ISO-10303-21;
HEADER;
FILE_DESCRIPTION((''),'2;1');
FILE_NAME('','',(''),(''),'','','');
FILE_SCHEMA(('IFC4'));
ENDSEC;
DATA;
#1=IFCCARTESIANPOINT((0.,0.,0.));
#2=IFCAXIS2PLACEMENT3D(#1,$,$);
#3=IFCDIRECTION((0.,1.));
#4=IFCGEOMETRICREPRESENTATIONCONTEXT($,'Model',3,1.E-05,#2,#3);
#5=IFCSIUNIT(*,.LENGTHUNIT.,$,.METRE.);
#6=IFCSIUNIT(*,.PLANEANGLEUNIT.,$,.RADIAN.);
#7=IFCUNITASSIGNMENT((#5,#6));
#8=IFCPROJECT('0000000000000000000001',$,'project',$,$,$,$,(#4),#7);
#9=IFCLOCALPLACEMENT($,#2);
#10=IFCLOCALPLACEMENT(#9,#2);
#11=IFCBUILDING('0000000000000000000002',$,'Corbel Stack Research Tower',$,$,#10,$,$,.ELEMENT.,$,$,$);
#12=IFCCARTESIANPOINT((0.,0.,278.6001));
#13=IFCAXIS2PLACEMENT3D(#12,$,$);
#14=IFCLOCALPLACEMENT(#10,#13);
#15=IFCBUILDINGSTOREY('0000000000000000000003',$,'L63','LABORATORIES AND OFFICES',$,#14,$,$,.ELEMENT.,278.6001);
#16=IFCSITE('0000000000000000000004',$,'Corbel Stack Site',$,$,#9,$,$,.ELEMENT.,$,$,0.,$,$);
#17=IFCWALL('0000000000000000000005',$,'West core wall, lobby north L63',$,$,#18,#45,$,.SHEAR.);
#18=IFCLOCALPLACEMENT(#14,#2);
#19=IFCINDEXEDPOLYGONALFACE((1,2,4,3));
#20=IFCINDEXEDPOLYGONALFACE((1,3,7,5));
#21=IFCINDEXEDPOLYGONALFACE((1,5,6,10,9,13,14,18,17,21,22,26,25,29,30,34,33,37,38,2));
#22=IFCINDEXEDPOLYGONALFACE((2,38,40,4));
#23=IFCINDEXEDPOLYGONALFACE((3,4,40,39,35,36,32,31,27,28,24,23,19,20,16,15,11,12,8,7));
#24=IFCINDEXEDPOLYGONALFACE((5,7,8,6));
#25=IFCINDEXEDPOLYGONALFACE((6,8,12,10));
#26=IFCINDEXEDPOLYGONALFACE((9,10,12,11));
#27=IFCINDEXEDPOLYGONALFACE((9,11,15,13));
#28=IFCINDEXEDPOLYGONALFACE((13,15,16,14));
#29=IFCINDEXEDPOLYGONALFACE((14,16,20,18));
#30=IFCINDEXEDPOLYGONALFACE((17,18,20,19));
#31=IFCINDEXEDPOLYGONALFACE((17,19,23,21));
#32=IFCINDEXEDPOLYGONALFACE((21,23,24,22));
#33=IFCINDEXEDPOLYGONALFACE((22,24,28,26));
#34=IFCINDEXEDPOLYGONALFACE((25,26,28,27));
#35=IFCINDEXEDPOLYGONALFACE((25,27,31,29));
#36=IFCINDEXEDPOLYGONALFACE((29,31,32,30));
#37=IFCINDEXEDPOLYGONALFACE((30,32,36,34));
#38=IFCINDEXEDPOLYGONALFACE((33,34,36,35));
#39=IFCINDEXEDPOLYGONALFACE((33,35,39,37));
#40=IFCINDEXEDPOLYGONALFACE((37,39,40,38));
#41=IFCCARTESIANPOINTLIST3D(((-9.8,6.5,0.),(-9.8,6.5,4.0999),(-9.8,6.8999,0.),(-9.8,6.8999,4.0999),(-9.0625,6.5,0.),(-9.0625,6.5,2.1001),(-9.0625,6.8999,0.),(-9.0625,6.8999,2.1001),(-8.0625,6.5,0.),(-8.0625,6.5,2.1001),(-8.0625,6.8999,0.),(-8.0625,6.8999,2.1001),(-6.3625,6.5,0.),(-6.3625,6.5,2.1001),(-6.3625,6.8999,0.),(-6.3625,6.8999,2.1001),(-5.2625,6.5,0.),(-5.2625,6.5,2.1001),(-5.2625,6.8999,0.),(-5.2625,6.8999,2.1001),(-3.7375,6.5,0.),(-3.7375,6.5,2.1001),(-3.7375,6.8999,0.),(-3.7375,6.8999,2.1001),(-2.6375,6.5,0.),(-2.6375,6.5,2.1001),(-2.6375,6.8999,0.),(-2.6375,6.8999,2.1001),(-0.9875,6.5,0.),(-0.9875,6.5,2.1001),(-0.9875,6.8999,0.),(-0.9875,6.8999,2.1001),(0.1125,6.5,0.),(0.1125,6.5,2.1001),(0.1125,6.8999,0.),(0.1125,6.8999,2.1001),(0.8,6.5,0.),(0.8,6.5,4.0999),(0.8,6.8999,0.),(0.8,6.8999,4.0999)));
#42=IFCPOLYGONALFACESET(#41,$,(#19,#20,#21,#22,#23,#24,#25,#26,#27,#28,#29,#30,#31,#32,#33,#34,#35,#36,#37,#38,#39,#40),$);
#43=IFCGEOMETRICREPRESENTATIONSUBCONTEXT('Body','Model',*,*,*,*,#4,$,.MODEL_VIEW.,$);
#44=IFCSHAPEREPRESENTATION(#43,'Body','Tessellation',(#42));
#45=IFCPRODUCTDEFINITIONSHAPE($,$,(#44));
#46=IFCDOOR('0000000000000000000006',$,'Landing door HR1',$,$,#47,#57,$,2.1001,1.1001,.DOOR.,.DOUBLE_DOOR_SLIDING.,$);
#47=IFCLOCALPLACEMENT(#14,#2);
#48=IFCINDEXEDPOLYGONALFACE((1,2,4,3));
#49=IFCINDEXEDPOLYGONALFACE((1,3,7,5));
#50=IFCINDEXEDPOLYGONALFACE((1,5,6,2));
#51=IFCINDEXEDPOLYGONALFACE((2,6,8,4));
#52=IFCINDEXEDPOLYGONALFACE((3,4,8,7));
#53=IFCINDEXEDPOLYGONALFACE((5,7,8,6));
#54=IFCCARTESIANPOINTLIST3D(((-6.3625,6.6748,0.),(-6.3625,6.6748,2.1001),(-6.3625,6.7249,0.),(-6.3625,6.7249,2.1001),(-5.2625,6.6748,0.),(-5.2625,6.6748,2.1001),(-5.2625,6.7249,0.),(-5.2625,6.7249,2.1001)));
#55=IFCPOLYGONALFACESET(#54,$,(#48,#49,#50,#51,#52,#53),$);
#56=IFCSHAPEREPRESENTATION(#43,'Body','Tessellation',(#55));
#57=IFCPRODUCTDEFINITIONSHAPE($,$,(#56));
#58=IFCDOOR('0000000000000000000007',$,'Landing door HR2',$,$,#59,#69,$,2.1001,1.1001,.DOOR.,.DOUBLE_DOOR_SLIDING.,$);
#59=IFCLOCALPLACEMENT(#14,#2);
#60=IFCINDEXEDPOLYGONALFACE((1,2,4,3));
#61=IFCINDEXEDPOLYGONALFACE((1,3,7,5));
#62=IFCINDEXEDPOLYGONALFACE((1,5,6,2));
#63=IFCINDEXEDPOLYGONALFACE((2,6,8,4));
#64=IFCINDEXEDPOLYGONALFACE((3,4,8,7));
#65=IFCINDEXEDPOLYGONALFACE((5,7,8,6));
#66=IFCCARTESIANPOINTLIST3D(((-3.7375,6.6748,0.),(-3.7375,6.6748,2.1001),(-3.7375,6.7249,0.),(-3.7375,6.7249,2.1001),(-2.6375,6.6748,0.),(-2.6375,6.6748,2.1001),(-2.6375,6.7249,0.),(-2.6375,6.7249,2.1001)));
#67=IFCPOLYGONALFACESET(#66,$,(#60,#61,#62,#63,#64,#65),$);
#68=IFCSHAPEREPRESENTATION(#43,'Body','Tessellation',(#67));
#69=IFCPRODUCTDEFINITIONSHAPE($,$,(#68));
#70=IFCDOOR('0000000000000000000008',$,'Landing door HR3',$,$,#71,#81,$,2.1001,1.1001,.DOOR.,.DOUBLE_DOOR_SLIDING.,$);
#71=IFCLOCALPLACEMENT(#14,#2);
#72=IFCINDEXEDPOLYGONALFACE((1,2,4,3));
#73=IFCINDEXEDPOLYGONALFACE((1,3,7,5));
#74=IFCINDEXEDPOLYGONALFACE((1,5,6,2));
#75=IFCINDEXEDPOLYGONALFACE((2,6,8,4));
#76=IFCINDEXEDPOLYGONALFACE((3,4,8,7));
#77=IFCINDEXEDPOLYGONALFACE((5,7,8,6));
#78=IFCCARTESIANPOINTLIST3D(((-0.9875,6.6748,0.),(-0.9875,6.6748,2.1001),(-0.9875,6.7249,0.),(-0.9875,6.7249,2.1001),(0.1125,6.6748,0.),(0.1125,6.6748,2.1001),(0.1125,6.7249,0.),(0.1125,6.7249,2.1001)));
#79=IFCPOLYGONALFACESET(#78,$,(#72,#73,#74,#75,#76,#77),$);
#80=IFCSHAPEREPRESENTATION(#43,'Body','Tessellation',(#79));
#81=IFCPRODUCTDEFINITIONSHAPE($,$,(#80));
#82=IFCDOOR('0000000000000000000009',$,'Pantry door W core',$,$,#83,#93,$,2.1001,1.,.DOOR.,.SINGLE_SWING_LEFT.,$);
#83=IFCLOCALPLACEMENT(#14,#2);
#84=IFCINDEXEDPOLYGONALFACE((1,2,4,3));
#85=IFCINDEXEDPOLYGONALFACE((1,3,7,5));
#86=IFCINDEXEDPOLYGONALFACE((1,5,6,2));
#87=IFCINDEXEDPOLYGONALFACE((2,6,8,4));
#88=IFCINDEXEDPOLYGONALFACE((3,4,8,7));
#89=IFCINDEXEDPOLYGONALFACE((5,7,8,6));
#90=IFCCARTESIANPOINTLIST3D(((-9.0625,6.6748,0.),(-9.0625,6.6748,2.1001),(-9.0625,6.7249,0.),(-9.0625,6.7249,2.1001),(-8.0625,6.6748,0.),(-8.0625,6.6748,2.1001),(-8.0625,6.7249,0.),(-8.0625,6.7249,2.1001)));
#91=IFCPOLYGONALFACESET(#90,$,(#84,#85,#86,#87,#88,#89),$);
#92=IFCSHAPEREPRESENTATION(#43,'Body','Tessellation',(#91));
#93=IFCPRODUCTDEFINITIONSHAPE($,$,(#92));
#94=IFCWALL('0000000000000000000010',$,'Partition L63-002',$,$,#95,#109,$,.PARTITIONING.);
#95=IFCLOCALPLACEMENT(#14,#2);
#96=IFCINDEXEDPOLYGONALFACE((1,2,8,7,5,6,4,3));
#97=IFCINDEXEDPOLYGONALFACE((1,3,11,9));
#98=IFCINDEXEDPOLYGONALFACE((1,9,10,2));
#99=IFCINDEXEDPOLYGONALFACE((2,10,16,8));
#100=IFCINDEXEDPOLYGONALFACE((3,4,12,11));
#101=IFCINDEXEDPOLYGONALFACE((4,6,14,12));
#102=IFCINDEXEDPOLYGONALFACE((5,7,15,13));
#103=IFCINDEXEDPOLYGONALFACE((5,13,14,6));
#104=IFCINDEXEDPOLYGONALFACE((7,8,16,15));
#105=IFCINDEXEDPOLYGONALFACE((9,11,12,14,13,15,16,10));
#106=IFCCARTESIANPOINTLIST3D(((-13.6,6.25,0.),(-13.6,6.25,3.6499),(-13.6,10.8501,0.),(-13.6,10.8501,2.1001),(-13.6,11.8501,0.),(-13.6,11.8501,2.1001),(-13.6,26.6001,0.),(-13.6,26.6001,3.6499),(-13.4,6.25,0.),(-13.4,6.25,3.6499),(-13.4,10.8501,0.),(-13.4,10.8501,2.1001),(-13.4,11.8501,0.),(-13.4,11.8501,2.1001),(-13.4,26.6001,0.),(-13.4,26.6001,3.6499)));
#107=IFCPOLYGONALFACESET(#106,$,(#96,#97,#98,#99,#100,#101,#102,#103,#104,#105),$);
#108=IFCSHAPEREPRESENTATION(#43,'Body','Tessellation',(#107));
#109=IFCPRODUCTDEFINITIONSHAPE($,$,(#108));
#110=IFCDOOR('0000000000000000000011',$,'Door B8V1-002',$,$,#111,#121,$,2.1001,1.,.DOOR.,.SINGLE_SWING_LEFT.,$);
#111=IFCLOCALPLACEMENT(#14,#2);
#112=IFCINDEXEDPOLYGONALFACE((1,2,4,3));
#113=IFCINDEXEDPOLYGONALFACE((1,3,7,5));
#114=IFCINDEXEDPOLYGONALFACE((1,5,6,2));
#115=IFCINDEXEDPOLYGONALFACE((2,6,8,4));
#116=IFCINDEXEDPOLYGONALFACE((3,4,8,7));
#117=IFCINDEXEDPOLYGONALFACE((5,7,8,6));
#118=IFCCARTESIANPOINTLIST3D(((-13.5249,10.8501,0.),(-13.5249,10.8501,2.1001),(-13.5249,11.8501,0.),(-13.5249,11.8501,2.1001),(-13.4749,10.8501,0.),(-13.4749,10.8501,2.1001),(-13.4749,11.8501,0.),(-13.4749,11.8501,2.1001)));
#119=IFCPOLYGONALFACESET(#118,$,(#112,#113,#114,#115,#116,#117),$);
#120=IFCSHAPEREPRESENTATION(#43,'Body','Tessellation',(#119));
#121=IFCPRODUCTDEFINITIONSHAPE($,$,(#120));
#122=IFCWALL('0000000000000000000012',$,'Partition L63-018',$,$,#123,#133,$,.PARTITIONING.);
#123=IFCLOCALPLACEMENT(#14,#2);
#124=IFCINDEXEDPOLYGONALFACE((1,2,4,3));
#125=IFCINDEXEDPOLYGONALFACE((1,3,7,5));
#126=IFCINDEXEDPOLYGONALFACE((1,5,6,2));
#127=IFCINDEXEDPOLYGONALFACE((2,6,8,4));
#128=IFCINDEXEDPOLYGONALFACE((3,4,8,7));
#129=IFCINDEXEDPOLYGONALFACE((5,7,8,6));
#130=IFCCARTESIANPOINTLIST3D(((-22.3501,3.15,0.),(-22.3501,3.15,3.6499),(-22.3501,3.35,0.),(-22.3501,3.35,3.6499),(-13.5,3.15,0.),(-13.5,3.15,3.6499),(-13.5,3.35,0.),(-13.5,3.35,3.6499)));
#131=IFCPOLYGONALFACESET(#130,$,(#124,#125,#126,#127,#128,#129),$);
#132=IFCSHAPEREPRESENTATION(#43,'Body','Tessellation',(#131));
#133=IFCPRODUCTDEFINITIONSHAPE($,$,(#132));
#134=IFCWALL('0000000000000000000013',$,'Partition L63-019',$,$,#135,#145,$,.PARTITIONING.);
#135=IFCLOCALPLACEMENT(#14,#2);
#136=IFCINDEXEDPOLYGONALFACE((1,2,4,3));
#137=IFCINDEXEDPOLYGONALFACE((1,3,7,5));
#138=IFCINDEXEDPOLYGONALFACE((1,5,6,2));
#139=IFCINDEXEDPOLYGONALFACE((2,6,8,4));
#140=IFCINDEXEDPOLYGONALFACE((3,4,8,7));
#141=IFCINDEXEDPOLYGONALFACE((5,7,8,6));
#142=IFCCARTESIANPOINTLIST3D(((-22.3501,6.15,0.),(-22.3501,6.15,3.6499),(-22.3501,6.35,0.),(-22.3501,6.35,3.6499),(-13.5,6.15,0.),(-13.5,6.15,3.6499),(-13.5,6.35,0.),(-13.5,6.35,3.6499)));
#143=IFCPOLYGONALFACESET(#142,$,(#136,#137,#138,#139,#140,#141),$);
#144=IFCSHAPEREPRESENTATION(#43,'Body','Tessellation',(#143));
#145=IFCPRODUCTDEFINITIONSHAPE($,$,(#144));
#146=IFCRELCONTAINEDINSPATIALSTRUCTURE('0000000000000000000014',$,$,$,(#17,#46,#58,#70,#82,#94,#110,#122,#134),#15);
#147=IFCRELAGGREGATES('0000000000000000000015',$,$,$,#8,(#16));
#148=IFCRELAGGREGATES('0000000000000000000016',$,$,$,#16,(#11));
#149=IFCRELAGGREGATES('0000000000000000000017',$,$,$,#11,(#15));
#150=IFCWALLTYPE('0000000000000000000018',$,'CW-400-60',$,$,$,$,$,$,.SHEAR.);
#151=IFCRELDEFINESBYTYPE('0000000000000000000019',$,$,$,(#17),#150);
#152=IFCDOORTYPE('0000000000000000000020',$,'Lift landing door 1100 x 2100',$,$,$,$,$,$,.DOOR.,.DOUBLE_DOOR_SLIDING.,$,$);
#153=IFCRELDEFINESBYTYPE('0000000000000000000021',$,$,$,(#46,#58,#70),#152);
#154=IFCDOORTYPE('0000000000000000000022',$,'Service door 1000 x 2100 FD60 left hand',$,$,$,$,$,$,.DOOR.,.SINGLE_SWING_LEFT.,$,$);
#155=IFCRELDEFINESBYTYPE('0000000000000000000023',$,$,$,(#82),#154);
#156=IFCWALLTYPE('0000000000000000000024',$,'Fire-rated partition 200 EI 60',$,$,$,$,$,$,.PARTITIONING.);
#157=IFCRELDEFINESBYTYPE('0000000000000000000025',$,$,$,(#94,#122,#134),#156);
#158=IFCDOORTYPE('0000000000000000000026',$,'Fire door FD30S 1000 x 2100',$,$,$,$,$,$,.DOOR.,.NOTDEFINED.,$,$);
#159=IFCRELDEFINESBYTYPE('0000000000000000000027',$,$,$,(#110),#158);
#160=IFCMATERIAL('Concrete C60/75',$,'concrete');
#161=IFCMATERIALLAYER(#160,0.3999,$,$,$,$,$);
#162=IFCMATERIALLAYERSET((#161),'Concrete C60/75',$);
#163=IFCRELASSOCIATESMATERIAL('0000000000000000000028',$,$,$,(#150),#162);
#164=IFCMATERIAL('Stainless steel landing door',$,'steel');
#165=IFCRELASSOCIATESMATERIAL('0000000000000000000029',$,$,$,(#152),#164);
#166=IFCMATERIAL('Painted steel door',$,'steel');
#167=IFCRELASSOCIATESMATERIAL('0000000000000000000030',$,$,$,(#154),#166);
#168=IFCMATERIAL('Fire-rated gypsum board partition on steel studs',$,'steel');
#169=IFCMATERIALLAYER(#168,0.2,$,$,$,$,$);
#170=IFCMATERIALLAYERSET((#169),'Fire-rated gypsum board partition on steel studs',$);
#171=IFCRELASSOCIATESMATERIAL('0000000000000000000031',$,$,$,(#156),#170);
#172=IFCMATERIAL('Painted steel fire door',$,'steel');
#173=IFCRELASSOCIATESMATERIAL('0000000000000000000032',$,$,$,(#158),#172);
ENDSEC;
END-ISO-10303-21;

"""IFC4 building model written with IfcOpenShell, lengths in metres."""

from ifc_helpers import new_model, si_unit, direction, frame, frame_2d, origin, place, context, subcontext, project, spatial, rectangle, extrude, material, layer, layer_set, type_object, element, fill, save


model = new_model("IFC4")

# Units and contexts
model_context = context("Model", 3, precision=1e-05, world=origin(), true_north=direction((0.0, 1.0)))
body_context = subcontext(model_context, "Body", "Model", "MODEL_VIEW")
ifc_project = project(units=[si_unit("LENGTHUNIT", "METRE"), si_unit("PLANEANGLEUNIT", "RADIAN")], contexts=[model_context])

# Site, building, storey
site_placement = place(None, origin())
site = spatial("IfcSite", under=ifc_project, at=site_placement, Name="Corbel Stack Site", CompositionType="ELEMENT", RefElevation=0.0)
building_placement = place(site_placement, origin())
building = spatial("IfcBuilding", under=site, at=building_placement, Name="Corbel Stack Research Tower", CompositionType="ELEMENT")
storey_placement = place(building_placement, frame((0.0, 0.0, 278.6001)))
storey = spatial("IfcBuildingStorey", under=building, at=storey_placement, Name="L63", Description="LABORATORIES AND OFFICES", CompositionType="ELEMENT", Elevation=278.6001)

# Wall, openings, doors
ifc_material_1 = material(Name="Concrete C60/75", Category="concrete")
ifc_layer_1 = layer(ifc_material_1, 0.3999)
ifc_layer_set_1 = layer_set([ifc_layer_1], Name="Concrete C60/75")
wall_type_1 = type_object("IfcWallType", Name="CW-400-60", PredefinedType="SHEAR", material=ifc_layer_set_1)
ifc_material_2 = material(Name="Stainless steel landing door", Category="steel")
door_type_1 = type_object("IfcDoorType", Name="Lift landing door 1100 x 2100", OperationType="DOUBLE_DOOR_SLIDING", PredefinedType="DOOR", material=ifc_material_2)
ifc_material_3 = material(Name="Painted steel door", Category="steel")
door_type_2 = type_object("IfcDoorType", Name="Service door 1000 x 2100 FD60 left hand", OperationType="SINGLE_SWING_LEFT", PredefinedType="DOOR", material=ifc_material_3)
wall_1_placement = place(storey_placement, frame((-9.8, 6.7, 0.0), z_axis=(0.0, 0.0, 1.0), x_axis=(1.0, 0.0, 0.0)))
wall_1 = element("IfcWall", 1, at=wall_1_placement, inside=storey, type_object=wall_type_1, Name="West core wall, lobby north L63", PredefinedType="SHEAR", context=body_context, shape_type="SweptSolid", body=[
    extrude(rectangle(XDim=10.6001, YDim=0.3999, at=frame_2d((5.3, 0.0))), origin(), (0.0, 0.0, 1.0), 4.0999),
])
opening_1_placement = place(wall_1_placement, frame((3.4375, 0.0, 0.0)))
opening_1 = element("IfcOpeningElement", 2, at=opening_1_placement, cuts=wall_1, PredefinedType="OPENING", context=body_context, shape_type="SweptSolid", body=[
    extrude(rectangle(XDim=1.1001, YDim=2.1001, at=frame_2d((0.55, 1.05))), frame((0.0, 0.21, 0.0), z_axis=(0.0, -1.0, 0.0), x_axis=(1.0, 0.0, 0.0)), (0.0, 0.0, 1.0), 0.4199),
])
opening_2_placement = place(wall_1_placement, frame((6.0625, 0.0, 0.0)))
opening_2 = element("IfcOpeningElement", 3, at=opening_2_placement, cuts=wall_1, PredefinedType="OPENING", context=body_context, shape_type="SweptSolid", body=[
    extrude(rectangle(XDim=1.1001, YDim=2.1001, at=frame_2d((0.55, 1.05))), frame((0.0, 0.21, 0.0), z_axis=(0.0, -1.0, 0.0), x_axis=(1.0, 0.0, 0.0)), (0.0, 0.0, 1.0), 0.4199),
])
opening_3_placement = place(wall_1_placement, frame((8.8125, 0.0, 0.0)))
opening_3 = element("IfcOpeningElement", 4, at=opening_3_placement, cuts=wall_1, PredefinedType="OPENING", context=body_context, shape_type="SweptSolid", body=[
    extrude(rectangle(XDim=1.1001, YDim=2.1001, at=frame_2d((0.55, 1.05))), frame((0.0, 0.21, 0.0), z_axis=(0.0, -1.0, 0.0), x_axis=(1.0, 0.0, 0.0)), (0.0, 0.0, 1.0), 0.4199),
])
opening_4_placement = place(wall_1_placement, frame((0.7375, 0.0, 0.0)))
opening_4 = element("IfcOpeningElement", 5, at=opening_4_placement, cuts=wall_1, PredefinedType="OPENING", context=body_context, shape_type="SweptSolid", body=[
    extrude(rectangle(XDim=1.0, YDim=2.1001, at=frame_2d((0.5, 1.05))), frame((0.0, 0.21, 0.0), z_axis=(0.0, -1.0, 0.0), x_axis=(1.0, 0.0, 0.0)), (0.0, 0.0, 1.0), 0.4199),
])
door_1_placement = place(opening_1_placement, origin())
door_1 = element("IfcDoor", 6, at=door_1_placement, inside=storey, type_object=door_type_1, Name="Landing door HR1", OperationType="DOUBLE_DOOR_SLIDING", OverallHeight=2.1001, OverallWidth=1.1001, PredefinedType="DOOR", context=body_context, shape_type="SweptSolid", body=[
    extrude(rectangle(XDim=1.1001, YDim=2.1001, at=frame_2d((0.55, 1.05))), frame((0.0, 0.0249, 0.0), z_axis=(0.0, -1.0, 0.0), x_axis=(1.0, 0.0, 0.0)), (0.0, 0.0, 1.0), 0.05),
])
fill(opening_1, door_1)
door_2_placement = place(opening_2_placement, origin())
door_2 = element("IfcDoor", 7, at=door_2_placement, inside=storey, type_object=door_type_1, Name="Landing door HR2", OperationType="DOUBLE_DOOR_SLIDING", OverallHeight=2.1001, OverallWidth=1.1001, PredefinedType="DOOR", context=body_context, shape_type="SweptSolid", body=[
    extrude(rectangle(XDim=1.1001, YDim=2.1001, at=frame_2d((0.55, 1.05))), frame((0.0, 0.0249, 0.0), z_axis=(0.0, -1.0, 0.0), x_axis=(1.0, 0.0, 0.0)), (0.0, 0.0, 1.0), 0.05),
])
fill(opening_2, door_2)
door_3_placement = place(opening_3_placement, origin())
door_3 = element("IfcDoor", 8, at=door_3_placement, inside=storey, type_object=door_type_1, Name="Landing door HR3", OperationType="DOUBLE_DOOR_SLIDING", OverallHeight=2.1001, OverallWidth=1.1001, PredefinedType="DOOR", context=body_context, shape_type="SweptSolid", body=[
    extrude(rectangle(XDim=1.1001, YDim=2.1001, at=frame_2d((0.55, 1.05))), frame((0.0, 0.0249, 0.0), z_axis=(0.0, -1.0, 0.0), x_axis=(1.0, 0.0, 0.0)), (0.0, 0.0, 1.0), 0.05),
])
fill(opening_3, door_3)
door_4_placement = place(opening_4_placement, origin())
door_4 = element("IfcDoor", 9, at=door_4_placement, inside=storey, type_object=door_type_2, Name="Pantry door W core", OperationType="SINGLE_SWING_LEFT", OverallHeight=2.1001, OverallWidth=1.0, PredefinedType="DOOR", context=body_context, shape_type="SweptSolid", body=[
    extrude(rectangle(XDim=1.0, YDim=2.1001, at=frame_2d((0.5, 1.05))), frame((0.0, 0.0249, 0.0), z_axis=(0.0, -1.0, 0.0), x_axis=(1.0, 0.0, 0.0)), (0.0, 0.0, 1.0), 0.05),
])
fill(opening_4, door_4)

# Wall, opening, door
ifc_material_4 = material(Name="Fire-rated gypsum board partition on steel studs", Category="steel")
ifc_layer_2 = layer(ifc_material_4, 0.2)
ifc_layer_set_2 = layer_set([ifc_layer_2], Name="Fire-rated gypsum board partition on steel studs")
wall_type_2 = type_object("IfcWallType", Name="Fire-rated partition 200 EI 60", PredefinedType="PARTITIONING", material=ifc_layer_set_2)
wall_2_placement = place(storey_placement, frame((-13.5, 6.25, 0.0), z_axis=(0.0, 0.0, 1.0), x_axis=(0.0, 1.0, 0.0)))
wall_2 = element("IfcWall", 10, at=wall_2_placement, inside=storey, type_object=wall_type_2, Name="Partition L63-002", PredefinedType="PARTITIONING", context=body_context, shape_type="SweptSolid", body=[
    extrude(rectangle(XDim=20.3501, YDim=0.2, at=frame_2d((10.175, 0.0))), origin(), (0.0, 0.0, 1.0), 3.6499),
])
opening_5_placement = place(wall_2_placement, frame((4.6001, 0.0, 0.0)))
opening_5 = element("IfcOpeningElement", 11, at=opening_5_placement, cuts=wall_2, PredefinedType="OPENING", context=body_context, shape_type="SweptSolid", body=[
    extrude(rectangle(XDim=1.0, YDim=2.1001, at=frame_2d((0.5, 1.05))), frame((0.0, 0.1099, 0.0), z_axis=(0.0, -1.0, 0.0), x_axis=(1.0, 0.0, 0.0)), (0.0, 0.0, 1.0), 0.22),
])
ifc_material_5 = material(Name="Painted steel fire door", Category="steel")
door_type_3 = type_object("IfcDoorType", Name="Fire door FD30S 1000 x 2100", OperationType="NOTDEFINED", PredefinedType="DOOR", material=ifc_material_5)
door_5_placement = place(opening_5_placement, origin())
door_5 = element("IfcDoor", 12, at=door_5_placement, inside=storey, type_object=door_type_3, Name="Door B8V1-002", OperationType="SINGLE_SWING_LEFT", OverallHeight=2.1001, OverallWidth=1.0, PredefinedType="DOOR", context=body_context, shape_type="SweptSolid", body=[
    extrude(rectangle(XDim=1.0, YDim=2.1001, at=frame_2d((0.5, 1.05))), frame((0.0, 0.0249, 0.0), z_axis=(0.0, -1.0, 0.0), x_axis=(1.0, 0.0, 0.0)), (0.0, 0.0, 1.0), 0.05),
])
fill(opening_5, door_5)

# Walls
for number, where, z_axis, x_axis, name in (
    (13, (-22.3501, 3.25, 0.0), (0.0, 0.0, 1.0), (1.0, 0.0, 0.0), "Partition L63-018"),
    (14, (-22.3501, 6.25, 0.0), (0.0, 0.0, 1.0), (1.0, 0.0, 0.0), "Partition L63-019"),
):
    element("IfcWall", number, at=place(storey_placement, frame(where, z_axis=z_axis, x_axis=x_axis)), inside=storey, type_object=wall_type_2, Name=name, PredefinedType="PARTITIONING", context=body_context, shape_type="SweptSolid", body=[
        extrude(rectangle(XDim=8.8501, YDim=0.2, at=frame_2d((4.425, 0.0))), origin(), (0.0, 0.0, 1.0), 3.6499),
    ])

save(model, "model.ifc")
